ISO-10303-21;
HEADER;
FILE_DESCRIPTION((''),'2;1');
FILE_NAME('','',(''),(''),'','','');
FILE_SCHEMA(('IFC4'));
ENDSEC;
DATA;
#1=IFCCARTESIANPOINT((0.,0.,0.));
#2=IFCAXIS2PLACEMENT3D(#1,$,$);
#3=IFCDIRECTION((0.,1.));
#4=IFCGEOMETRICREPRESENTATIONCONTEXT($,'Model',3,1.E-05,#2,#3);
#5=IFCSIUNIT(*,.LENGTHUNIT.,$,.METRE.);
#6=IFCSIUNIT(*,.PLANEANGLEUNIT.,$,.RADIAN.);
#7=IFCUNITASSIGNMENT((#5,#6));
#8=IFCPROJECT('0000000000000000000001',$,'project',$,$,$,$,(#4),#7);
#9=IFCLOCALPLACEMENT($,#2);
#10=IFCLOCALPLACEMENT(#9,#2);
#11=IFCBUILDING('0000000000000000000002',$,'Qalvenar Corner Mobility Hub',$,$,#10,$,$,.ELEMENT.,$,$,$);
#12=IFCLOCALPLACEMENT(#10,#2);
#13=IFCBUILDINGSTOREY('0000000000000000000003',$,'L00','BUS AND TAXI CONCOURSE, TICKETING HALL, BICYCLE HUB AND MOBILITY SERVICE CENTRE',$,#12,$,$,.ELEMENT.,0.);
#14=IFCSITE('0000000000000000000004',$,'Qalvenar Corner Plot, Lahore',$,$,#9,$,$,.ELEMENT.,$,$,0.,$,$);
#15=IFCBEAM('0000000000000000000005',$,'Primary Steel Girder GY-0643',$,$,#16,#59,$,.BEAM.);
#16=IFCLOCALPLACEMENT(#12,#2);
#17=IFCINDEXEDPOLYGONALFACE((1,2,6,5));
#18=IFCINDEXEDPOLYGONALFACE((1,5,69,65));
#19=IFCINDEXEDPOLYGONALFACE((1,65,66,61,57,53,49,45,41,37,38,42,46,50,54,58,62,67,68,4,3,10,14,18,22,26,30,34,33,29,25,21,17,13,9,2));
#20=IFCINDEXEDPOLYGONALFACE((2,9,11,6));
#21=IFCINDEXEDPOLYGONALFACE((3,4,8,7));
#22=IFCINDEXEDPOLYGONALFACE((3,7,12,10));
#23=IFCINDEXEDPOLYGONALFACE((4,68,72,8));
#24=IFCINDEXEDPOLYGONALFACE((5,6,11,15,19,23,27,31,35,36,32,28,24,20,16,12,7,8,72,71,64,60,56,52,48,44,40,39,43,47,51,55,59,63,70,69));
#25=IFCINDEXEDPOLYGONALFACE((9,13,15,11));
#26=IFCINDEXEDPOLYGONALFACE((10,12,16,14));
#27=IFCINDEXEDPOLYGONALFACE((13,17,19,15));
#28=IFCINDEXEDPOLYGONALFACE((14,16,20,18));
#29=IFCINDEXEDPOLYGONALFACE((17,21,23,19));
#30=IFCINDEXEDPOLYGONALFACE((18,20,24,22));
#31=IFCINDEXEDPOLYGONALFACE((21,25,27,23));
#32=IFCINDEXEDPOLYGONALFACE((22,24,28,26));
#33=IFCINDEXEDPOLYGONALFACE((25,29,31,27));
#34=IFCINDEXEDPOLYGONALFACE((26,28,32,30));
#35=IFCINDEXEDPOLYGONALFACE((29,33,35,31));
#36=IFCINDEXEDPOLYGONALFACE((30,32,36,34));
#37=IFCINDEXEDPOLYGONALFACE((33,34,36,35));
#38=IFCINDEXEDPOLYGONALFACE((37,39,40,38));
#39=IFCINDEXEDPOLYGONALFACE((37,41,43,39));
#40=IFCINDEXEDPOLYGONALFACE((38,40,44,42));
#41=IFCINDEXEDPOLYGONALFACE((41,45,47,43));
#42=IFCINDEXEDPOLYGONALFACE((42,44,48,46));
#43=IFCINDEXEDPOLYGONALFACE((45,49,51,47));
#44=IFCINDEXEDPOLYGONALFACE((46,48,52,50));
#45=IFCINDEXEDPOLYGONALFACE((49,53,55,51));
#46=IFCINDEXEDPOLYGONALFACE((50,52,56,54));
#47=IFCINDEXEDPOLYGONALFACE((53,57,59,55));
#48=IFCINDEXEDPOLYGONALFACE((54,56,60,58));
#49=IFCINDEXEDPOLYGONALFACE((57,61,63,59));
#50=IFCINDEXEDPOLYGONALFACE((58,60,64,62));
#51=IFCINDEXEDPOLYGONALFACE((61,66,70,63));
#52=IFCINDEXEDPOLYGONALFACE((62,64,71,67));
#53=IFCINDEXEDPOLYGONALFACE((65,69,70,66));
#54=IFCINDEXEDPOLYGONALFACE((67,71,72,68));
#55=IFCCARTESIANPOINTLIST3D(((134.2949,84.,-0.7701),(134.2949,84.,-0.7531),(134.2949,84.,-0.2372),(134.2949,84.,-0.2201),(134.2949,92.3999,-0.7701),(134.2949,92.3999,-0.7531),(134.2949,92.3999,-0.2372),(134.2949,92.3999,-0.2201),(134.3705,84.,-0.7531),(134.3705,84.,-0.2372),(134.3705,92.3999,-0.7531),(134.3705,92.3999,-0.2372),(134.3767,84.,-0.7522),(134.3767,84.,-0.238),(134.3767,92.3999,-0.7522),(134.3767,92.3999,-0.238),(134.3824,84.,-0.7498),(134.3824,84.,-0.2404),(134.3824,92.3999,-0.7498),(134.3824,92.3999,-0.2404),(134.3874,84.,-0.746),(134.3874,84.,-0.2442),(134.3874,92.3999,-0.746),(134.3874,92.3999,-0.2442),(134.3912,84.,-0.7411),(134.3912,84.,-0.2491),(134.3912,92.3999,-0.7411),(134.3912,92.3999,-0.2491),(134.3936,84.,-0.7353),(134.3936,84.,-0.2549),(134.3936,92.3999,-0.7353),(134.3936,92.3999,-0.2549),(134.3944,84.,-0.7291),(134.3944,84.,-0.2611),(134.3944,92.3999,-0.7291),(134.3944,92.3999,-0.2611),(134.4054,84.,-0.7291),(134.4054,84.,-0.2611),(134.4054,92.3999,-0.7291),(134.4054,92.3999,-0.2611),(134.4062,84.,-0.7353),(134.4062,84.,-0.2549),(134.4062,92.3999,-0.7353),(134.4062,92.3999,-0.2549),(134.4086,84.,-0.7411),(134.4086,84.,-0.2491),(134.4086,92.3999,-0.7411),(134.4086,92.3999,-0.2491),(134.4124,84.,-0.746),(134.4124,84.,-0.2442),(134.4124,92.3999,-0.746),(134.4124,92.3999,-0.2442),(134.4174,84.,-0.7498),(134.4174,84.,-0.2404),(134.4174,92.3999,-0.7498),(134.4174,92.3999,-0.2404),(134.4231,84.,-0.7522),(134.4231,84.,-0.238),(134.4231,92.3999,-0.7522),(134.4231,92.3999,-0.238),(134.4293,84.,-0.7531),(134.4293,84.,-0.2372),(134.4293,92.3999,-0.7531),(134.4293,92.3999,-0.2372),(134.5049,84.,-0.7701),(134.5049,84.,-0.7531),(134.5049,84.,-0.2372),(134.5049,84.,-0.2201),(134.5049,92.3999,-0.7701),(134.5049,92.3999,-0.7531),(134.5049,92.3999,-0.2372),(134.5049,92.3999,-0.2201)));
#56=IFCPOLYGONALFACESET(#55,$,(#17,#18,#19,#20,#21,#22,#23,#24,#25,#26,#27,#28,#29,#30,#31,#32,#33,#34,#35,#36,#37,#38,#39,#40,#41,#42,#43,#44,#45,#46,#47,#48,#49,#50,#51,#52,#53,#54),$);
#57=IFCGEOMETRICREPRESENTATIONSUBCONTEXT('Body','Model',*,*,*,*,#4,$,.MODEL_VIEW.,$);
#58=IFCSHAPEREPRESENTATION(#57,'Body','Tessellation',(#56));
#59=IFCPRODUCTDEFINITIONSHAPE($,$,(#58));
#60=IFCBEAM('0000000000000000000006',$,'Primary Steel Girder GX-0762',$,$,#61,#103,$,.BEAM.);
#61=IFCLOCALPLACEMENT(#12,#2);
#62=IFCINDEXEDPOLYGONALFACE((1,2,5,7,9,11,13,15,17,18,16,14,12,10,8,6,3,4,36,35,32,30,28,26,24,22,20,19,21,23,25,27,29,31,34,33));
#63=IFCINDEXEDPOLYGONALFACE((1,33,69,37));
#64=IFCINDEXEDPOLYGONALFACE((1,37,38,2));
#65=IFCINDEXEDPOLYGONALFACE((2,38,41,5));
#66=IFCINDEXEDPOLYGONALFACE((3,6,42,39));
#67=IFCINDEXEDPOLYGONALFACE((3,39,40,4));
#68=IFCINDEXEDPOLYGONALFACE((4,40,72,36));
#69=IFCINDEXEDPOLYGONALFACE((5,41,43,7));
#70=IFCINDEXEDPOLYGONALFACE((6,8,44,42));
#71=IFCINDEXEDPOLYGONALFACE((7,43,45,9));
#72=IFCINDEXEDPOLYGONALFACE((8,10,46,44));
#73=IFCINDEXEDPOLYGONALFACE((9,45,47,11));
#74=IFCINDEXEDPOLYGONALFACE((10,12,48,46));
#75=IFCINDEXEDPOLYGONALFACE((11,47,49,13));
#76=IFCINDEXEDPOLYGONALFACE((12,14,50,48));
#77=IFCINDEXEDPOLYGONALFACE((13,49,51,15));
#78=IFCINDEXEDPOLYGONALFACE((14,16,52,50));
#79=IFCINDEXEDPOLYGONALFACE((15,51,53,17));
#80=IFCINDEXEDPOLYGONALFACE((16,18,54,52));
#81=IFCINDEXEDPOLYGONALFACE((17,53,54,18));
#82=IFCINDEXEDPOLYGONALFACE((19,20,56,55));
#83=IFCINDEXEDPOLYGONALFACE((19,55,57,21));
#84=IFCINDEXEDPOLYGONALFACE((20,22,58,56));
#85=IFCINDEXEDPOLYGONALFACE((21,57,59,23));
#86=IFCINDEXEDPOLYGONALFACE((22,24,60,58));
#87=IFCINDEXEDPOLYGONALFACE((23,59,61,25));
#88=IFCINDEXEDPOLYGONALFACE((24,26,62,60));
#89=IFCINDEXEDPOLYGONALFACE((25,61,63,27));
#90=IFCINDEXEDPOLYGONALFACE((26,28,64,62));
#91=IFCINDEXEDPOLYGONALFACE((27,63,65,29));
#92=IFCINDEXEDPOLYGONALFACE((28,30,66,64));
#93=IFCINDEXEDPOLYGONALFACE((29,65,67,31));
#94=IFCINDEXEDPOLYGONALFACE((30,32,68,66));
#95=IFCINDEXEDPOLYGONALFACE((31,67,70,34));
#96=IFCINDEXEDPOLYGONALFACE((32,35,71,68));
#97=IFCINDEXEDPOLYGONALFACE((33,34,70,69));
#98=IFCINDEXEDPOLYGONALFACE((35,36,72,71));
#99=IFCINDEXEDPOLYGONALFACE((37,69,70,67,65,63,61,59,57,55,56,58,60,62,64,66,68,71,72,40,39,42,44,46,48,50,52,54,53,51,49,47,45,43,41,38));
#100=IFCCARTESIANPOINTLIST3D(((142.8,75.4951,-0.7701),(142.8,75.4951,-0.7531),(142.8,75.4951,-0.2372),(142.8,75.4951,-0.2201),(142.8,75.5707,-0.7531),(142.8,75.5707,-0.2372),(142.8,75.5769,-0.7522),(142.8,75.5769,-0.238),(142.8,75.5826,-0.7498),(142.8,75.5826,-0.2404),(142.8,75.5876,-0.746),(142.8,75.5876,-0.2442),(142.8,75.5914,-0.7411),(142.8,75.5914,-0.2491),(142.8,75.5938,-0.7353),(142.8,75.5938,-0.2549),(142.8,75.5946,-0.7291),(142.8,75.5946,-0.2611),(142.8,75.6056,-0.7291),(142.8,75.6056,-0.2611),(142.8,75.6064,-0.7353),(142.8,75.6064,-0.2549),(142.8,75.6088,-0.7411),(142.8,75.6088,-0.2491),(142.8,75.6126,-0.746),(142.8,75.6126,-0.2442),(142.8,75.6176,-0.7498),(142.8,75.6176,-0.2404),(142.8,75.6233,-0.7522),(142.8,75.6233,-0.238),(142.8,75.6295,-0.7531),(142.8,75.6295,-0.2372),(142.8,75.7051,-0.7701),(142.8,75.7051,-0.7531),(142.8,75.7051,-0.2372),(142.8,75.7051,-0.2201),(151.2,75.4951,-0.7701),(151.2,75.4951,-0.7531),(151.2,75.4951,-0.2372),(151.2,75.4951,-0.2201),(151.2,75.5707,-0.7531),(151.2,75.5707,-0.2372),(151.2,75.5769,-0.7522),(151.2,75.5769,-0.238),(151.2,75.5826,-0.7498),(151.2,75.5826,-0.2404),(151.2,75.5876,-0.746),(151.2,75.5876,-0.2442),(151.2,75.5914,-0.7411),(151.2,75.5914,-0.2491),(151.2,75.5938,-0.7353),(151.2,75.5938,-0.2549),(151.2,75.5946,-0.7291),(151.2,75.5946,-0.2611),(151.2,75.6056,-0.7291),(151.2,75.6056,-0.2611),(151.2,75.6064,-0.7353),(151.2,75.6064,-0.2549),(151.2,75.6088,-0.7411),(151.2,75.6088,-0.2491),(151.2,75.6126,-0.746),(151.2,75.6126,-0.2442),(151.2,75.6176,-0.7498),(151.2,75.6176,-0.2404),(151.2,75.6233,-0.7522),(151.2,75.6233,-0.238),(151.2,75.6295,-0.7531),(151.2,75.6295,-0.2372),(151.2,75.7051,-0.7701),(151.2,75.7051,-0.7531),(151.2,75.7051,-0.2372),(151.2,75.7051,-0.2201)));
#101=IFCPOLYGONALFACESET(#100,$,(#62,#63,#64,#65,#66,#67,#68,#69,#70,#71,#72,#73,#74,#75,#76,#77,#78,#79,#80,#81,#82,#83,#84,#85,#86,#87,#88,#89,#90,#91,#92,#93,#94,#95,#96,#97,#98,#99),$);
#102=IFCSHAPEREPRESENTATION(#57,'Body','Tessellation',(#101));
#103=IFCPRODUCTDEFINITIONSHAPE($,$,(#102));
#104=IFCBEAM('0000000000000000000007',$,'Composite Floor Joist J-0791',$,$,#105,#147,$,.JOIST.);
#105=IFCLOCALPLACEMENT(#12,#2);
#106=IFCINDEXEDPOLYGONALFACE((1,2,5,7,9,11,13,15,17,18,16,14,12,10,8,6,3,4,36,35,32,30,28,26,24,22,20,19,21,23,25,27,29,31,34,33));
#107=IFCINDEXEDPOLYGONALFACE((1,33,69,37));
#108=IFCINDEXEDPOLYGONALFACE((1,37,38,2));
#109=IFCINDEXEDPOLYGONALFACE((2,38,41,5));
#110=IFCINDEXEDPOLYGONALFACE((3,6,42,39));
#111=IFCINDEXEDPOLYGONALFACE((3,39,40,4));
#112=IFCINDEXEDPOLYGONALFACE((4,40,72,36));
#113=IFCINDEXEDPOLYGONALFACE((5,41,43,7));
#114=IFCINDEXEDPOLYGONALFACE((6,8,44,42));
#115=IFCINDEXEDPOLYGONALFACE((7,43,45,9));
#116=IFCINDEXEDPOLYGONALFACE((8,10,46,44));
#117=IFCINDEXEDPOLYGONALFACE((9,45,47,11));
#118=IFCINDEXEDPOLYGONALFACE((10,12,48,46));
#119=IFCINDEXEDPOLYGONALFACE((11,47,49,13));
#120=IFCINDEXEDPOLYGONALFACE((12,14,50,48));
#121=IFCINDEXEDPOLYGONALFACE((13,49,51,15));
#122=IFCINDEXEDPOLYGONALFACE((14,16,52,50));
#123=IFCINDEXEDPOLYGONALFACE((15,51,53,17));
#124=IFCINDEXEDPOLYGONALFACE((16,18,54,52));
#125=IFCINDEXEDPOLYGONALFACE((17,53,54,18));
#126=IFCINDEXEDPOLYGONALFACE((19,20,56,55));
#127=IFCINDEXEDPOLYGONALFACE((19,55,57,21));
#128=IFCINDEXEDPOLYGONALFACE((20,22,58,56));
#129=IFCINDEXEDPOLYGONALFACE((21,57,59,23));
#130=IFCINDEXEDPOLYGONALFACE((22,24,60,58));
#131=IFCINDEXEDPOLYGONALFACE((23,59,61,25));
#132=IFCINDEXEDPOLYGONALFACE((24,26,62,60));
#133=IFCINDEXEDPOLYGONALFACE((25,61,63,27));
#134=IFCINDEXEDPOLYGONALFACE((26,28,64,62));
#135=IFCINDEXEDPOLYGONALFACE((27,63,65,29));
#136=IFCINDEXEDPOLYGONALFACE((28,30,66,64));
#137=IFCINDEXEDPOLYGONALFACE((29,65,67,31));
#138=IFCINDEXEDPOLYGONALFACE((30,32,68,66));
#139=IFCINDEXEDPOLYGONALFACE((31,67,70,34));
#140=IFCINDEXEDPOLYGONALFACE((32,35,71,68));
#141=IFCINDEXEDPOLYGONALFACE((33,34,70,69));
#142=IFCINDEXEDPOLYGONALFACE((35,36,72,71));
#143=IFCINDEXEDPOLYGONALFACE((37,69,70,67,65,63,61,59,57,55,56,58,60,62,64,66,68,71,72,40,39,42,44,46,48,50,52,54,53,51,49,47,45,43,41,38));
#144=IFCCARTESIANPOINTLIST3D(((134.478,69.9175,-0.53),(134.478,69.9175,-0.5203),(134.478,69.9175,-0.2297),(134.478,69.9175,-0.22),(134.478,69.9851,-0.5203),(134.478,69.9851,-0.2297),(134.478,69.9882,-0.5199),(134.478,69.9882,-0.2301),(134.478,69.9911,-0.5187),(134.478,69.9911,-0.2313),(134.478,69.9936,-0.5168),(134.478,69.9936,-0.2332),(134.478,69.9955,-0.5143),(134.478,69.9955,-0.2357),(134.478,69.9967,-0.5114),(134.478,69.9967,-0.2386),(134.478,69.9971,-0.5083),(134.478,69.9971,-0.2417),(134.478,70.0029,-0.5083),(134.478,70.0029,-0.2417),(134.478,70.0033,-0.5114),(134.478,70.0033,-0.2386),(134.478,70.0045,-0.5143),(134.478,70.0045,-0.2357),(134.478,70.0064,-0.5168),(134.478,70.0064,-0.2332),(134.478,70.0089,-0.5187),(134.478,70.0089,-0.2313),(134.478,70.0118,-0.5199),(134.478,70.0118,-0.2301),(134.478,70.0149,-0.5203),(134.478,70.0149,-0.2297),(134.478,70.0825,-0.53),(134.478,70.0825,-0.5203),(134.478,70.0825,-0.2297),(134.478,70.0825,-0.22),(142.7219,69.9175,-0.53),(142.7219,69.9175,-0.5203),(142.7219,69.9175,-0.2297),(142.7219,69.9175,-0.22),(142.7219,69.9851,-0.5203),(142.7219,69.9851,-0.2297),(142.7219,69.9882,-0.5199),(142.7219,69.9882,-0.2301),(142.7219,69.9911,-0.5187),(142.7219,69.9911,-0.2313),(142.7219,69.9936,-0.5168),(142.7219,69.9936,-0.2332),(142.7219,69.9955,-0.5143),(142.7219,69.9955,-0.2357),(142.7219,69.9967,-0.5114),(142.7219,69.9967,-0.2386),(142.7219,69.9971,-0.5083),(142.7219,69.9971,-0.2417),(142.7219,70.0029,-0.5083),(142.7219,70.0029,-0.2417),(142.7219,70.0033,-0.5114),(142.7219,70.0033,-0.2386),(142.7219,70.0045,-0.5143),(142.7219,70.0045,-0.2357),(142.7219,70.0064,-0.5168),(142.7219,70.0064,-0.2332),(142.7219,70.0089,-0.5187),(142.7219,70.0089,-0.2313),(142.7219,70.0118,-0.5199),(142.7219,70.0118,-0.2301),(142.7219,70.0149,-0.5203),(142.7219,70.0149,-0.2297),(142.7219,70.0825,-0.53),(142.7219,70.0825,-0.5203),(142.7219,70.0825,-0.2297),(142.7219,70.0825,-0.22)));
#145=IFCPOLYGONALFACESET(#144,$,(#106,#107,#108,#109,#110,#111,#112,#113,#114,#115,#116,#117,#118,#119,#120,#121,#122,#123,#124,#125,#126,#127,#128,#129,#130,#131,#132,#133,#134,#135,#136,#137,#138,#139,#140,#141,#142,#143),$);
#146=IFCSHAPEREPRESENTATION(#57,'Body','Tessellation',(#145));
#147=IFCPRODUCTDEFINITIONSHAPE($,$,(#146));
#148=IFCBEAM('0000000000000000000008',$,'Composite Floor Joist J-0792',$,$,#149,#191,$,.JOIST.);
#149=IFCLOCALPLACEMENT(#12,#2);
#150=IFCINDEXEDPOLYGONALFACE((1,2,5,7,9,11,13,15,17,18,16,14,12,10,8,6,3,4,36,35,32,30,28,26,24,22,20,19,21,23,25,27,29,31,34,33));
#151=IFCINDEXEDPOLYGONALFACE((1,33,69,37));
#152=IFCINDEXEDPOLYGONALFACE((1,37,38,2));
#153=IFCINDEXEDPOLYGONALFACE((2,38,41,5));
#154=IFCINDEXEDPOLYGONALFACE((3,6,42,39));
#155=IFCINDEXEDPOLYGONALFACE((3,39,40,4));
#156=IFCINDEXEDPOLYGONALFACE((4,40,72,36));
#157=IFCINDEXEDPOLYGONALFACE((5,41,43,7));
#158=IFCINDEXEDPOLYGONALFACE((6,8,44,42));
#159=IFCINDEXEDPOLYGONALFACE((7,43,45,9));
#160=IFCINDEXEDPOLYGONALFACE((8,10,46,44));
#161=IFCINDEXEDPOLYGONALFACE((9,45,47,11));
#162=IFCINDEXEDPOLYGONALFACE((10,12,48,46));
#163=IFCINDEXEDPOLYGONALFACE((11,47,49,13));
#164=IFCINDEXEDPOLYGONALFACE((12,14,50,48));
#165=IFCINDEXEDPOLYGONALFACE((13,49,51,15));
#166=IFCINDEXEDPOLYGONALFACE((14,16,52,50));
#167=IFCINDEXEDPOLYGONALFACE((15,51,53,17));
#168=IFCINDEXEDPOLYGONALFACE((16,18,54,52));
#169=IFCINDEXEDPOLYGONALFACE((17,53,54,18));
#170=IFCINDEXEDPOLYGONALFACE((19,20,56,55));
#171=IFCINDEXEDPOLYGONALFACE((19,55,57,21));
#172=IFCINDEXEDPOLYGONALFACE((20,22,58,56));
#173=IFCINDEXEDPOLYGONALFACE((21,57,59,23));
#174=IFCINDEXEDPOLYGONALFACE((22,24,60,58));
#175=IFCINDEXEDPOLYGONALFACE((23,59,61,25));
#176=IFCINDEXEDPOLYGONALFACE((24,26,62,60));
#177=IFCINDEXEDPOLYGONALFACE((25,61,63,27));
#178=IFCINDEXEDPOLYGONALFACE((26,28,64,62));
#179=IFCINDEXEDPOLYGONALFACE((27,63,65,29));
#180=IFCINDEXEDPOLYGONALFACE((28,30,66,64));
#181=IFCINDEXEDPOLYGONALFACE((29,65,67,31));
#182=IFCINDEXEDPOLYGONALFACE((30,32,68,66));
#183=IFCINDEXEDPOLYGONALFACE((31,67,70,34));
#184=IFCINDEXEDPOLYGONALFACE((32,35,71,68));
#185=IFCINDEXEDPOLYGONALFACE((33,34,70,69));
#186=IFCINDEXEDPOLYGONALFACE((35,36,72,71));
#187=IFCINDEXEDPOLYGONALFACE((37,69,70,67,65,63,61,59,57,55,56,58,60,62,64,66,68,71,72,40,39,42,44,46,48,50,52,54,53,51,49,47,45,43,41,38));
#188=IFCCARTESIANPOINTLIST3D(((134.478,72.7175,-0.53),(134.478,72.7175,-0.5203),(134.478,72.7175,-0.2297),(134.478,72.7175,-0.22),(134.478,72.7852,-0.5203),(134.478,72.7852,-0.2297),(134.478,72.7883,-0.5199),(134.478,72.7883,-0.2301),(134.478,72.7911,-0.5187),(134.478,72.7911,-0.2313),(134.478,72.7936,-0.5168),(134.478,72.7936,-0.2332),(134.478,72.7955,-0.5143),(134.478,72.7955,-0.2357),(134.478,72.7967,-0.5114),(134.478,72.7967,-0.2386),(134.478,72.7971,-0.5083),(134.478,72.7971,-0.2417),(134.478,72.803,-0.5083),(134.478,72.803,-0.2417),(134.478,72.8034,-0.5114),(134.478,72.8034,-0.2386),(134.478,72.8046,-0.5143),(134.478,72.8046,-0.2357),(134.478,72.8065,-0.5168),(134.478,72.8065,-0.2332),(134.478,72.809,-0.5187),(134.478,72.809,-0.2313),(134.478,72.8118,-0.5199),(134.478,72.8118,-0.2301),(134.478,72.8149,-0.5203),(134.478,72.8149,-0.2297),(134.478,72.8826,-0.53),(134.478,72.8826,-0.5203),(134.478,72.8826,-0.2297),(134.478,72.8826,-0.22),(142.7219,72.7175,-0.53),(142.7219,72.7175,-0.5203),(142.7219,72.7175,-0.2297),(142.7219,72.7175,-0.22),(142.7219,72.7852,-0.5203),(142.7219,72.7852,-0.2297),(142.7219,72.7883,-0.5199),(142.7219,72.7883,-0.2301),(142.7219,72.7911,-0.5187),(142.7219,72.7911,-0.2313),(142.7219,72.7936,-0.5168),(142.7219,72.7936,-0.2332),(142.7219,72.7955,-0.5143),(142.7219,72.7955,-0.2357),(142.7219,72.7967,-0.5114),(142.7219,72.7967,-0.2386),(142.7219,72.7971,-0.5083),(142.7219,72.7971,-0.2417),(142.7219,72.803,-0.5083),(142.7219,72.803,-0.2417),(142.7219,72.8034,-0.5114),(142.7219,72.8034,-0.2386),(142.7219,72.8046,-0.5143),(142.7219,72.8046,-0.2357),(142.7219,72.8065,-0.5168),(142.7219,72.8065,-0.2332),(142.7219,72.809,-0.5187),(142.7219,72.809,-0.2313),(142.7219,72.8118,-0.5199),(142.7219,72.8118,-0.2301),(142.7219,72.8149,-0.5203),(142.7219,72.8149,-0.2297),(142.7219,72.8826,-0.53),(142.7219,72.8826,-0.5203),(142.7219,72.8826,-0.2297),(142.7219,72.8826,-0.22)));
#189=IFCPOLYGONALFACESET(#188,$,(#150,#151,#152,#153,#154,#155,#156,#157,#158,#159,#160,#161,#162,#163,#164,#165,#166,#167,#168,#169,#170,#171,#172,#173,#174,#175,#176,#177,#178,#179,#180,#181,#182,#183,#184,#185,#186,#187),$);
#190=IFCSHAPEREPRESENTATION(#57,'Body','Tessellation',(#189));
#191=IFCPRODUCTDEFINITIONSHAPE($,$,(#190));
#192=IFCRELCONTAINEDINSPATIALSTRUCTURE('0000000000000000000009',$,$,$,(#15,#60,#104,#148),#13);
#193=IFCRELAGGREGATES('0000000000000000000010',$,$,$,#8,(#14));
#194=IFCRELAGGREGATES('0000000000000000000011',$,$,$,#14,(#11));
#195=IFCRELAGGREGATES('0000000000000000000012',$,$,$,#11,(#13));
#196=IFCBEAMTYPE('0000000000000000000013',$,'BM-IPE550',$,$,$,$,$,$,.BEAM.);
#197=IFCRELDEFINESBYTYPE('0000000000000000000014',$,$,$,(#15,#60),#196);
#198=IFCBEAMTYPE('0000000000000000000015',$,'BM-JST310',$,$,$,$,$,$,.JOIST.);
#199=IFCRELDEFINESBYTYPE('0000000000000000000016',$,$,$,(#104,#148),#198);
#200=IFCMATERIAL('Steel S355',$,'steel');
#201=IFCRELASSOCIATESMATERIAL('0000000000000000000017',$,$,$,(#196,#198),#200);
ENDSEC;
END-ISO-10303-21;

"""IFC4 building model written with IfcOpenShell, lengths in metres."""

from ifc_helpers import new_model, si_unit, direction, frame, origin, origin_2d, place, context, subcontext, project, spatial, i_section, extrude, material, material_profile, profile_set, type_object, element, save


model = new_model("IFC4")

# Units and contexts
model_context = context("Model", 3, precision=1e-05, world=origin(), true_north=direction((0.0, 1.0)))
body_context = subcontext(model_context, "Body", "Model", "MODEL_VIEW")
ifc_project = project(units=[si_unit("LENGTHUNIT", "METRE"), si_unit("PLANEANGLEUNIT", "RADIAN")], contexts=[model_context])

# Site, building, storey
site_placement = place(None, origin())
site = spatial("IfcSite", under=ifc_project, at=site_placement, Name="Qalvenar Corner Plot, Lahore", CompositionType="ELEMENT", RefElevation=0.0)
building_placement = place(site_placement, origin())
building = spatial("IfcBuilding", under=site, at=building_placement, Name="Qalvenar Corner Mobility Hub", CompositionType="ELEMENT")
storey_placement = place(building_placement, origin())
storey = spatial("IfcBuildingStorey", under=building, at=storey_placement, Name="L00", Description="BUS AND TAXI CONCOURSE, TICKETING HALL, BICYCLE HUB AND MOBILITY SERVICE CENTRE", CompositionType="ELEMENT", Elevation=0.0)

# Shared definitions
ifc_material_1 = material(Name="Steel S355", Category="steel")

# Beams
ifc_material_profile_1 = material_profile(ifc_material_1, i_section(OverallWidth=0.21, OverallDepth=0.55, WebThickness=0.011, FlangeThickness=0.0171, FilletRadius=0.0239, at=origin_2d()), Name="IPE550")
ifc_profile_set_1 = profile_set([ifc_material_profile_1], Name="Steel S355")
beam_type_1 = type_object("IfcBeamType", Name="BM-IPE550", PredefinedType="BEAM", material=ifc_profile_set_1)
for number, where, z_axis, x_axis, name in (
    (1, (134.3999, 84.0, -0.4951), (0.0, 1.0, 0.0), (-1.0, 0.0, 0.0), "Primary Steel Girder GY-0643"),
    (2, (142.8, 75.6001, -0.4951), (1.0, 0.0, 0.0), (0.0, 1.0, 0.0), "Primary Steel Girder GX-0762"),
):
    element("IfcBeam", number, at=place(storey_placement, frame(where, z_axis=z_axis, x_axis=x_axis)), inside=storey, type_object=beam_type_1, Name=name, PredefinedType="BEAM", context=body_context, shape_type="SweptSolid", body=[
        extrude(i_section(OverallWidth=0.21, OverallDepth=0.55, WebThickness=0.011, FlangeThickness=0.0171, FilletRadius=0.0239, at=origin_2d()), origin(), (0.0, 0.0, 1.0), 8.3999),
    ])
ifc_material_profile_2 = material_profile(ifc_material_1, i_section(OverallWidth=0.165, OverallDepth=0.3101, WebThickness=0.0059, FlangeThickness=0.0098, FilletRadius=0.012, at=origin_2d()), Name="W310x38.7")
ifc_profile_set_2 = profile_set([ifc_material_profile_2], Name="Steel S355")
beam_type_2 = type_object("IfcBeamType", Name="BM-JST310", PredefinedType="JOIST", material=ifc_profile_set_2)
for number, where, z_axis, x_axis, name in (
    (3, (134.478, 70.0, -0.375), (1.0, 0.0, 0.0), (0.0, 1.0, 0.0), "Composite Floor Joist J-0791"),
    (4, (134.478, 72.8, -0.375), (1.0, 0.0, 0.0), (0.0, 1.0, 0.0), "Composite Floor Joist J-0792"),
):
    element("IfcBeam", number, at=place(storey_placement, frame(where, z_axis=z_axis, x_axis=x_axis)), inside=storey, type_object=beam_type_2, Name=name, PredefinedType="JOIST", context=body_context, shape_type="SweptSolid", body=[
        extrude(i_section(OverallWidth=0.165, OverallDepth=0.3101, WebThickness=0.0059, FlangeThickness=0.0098, FilletRadius=0.012, at=origin_2d()), origin(), (0.0, 0.0, 1.0), 8.2439),
    ])

save(model, "model.ifc")
